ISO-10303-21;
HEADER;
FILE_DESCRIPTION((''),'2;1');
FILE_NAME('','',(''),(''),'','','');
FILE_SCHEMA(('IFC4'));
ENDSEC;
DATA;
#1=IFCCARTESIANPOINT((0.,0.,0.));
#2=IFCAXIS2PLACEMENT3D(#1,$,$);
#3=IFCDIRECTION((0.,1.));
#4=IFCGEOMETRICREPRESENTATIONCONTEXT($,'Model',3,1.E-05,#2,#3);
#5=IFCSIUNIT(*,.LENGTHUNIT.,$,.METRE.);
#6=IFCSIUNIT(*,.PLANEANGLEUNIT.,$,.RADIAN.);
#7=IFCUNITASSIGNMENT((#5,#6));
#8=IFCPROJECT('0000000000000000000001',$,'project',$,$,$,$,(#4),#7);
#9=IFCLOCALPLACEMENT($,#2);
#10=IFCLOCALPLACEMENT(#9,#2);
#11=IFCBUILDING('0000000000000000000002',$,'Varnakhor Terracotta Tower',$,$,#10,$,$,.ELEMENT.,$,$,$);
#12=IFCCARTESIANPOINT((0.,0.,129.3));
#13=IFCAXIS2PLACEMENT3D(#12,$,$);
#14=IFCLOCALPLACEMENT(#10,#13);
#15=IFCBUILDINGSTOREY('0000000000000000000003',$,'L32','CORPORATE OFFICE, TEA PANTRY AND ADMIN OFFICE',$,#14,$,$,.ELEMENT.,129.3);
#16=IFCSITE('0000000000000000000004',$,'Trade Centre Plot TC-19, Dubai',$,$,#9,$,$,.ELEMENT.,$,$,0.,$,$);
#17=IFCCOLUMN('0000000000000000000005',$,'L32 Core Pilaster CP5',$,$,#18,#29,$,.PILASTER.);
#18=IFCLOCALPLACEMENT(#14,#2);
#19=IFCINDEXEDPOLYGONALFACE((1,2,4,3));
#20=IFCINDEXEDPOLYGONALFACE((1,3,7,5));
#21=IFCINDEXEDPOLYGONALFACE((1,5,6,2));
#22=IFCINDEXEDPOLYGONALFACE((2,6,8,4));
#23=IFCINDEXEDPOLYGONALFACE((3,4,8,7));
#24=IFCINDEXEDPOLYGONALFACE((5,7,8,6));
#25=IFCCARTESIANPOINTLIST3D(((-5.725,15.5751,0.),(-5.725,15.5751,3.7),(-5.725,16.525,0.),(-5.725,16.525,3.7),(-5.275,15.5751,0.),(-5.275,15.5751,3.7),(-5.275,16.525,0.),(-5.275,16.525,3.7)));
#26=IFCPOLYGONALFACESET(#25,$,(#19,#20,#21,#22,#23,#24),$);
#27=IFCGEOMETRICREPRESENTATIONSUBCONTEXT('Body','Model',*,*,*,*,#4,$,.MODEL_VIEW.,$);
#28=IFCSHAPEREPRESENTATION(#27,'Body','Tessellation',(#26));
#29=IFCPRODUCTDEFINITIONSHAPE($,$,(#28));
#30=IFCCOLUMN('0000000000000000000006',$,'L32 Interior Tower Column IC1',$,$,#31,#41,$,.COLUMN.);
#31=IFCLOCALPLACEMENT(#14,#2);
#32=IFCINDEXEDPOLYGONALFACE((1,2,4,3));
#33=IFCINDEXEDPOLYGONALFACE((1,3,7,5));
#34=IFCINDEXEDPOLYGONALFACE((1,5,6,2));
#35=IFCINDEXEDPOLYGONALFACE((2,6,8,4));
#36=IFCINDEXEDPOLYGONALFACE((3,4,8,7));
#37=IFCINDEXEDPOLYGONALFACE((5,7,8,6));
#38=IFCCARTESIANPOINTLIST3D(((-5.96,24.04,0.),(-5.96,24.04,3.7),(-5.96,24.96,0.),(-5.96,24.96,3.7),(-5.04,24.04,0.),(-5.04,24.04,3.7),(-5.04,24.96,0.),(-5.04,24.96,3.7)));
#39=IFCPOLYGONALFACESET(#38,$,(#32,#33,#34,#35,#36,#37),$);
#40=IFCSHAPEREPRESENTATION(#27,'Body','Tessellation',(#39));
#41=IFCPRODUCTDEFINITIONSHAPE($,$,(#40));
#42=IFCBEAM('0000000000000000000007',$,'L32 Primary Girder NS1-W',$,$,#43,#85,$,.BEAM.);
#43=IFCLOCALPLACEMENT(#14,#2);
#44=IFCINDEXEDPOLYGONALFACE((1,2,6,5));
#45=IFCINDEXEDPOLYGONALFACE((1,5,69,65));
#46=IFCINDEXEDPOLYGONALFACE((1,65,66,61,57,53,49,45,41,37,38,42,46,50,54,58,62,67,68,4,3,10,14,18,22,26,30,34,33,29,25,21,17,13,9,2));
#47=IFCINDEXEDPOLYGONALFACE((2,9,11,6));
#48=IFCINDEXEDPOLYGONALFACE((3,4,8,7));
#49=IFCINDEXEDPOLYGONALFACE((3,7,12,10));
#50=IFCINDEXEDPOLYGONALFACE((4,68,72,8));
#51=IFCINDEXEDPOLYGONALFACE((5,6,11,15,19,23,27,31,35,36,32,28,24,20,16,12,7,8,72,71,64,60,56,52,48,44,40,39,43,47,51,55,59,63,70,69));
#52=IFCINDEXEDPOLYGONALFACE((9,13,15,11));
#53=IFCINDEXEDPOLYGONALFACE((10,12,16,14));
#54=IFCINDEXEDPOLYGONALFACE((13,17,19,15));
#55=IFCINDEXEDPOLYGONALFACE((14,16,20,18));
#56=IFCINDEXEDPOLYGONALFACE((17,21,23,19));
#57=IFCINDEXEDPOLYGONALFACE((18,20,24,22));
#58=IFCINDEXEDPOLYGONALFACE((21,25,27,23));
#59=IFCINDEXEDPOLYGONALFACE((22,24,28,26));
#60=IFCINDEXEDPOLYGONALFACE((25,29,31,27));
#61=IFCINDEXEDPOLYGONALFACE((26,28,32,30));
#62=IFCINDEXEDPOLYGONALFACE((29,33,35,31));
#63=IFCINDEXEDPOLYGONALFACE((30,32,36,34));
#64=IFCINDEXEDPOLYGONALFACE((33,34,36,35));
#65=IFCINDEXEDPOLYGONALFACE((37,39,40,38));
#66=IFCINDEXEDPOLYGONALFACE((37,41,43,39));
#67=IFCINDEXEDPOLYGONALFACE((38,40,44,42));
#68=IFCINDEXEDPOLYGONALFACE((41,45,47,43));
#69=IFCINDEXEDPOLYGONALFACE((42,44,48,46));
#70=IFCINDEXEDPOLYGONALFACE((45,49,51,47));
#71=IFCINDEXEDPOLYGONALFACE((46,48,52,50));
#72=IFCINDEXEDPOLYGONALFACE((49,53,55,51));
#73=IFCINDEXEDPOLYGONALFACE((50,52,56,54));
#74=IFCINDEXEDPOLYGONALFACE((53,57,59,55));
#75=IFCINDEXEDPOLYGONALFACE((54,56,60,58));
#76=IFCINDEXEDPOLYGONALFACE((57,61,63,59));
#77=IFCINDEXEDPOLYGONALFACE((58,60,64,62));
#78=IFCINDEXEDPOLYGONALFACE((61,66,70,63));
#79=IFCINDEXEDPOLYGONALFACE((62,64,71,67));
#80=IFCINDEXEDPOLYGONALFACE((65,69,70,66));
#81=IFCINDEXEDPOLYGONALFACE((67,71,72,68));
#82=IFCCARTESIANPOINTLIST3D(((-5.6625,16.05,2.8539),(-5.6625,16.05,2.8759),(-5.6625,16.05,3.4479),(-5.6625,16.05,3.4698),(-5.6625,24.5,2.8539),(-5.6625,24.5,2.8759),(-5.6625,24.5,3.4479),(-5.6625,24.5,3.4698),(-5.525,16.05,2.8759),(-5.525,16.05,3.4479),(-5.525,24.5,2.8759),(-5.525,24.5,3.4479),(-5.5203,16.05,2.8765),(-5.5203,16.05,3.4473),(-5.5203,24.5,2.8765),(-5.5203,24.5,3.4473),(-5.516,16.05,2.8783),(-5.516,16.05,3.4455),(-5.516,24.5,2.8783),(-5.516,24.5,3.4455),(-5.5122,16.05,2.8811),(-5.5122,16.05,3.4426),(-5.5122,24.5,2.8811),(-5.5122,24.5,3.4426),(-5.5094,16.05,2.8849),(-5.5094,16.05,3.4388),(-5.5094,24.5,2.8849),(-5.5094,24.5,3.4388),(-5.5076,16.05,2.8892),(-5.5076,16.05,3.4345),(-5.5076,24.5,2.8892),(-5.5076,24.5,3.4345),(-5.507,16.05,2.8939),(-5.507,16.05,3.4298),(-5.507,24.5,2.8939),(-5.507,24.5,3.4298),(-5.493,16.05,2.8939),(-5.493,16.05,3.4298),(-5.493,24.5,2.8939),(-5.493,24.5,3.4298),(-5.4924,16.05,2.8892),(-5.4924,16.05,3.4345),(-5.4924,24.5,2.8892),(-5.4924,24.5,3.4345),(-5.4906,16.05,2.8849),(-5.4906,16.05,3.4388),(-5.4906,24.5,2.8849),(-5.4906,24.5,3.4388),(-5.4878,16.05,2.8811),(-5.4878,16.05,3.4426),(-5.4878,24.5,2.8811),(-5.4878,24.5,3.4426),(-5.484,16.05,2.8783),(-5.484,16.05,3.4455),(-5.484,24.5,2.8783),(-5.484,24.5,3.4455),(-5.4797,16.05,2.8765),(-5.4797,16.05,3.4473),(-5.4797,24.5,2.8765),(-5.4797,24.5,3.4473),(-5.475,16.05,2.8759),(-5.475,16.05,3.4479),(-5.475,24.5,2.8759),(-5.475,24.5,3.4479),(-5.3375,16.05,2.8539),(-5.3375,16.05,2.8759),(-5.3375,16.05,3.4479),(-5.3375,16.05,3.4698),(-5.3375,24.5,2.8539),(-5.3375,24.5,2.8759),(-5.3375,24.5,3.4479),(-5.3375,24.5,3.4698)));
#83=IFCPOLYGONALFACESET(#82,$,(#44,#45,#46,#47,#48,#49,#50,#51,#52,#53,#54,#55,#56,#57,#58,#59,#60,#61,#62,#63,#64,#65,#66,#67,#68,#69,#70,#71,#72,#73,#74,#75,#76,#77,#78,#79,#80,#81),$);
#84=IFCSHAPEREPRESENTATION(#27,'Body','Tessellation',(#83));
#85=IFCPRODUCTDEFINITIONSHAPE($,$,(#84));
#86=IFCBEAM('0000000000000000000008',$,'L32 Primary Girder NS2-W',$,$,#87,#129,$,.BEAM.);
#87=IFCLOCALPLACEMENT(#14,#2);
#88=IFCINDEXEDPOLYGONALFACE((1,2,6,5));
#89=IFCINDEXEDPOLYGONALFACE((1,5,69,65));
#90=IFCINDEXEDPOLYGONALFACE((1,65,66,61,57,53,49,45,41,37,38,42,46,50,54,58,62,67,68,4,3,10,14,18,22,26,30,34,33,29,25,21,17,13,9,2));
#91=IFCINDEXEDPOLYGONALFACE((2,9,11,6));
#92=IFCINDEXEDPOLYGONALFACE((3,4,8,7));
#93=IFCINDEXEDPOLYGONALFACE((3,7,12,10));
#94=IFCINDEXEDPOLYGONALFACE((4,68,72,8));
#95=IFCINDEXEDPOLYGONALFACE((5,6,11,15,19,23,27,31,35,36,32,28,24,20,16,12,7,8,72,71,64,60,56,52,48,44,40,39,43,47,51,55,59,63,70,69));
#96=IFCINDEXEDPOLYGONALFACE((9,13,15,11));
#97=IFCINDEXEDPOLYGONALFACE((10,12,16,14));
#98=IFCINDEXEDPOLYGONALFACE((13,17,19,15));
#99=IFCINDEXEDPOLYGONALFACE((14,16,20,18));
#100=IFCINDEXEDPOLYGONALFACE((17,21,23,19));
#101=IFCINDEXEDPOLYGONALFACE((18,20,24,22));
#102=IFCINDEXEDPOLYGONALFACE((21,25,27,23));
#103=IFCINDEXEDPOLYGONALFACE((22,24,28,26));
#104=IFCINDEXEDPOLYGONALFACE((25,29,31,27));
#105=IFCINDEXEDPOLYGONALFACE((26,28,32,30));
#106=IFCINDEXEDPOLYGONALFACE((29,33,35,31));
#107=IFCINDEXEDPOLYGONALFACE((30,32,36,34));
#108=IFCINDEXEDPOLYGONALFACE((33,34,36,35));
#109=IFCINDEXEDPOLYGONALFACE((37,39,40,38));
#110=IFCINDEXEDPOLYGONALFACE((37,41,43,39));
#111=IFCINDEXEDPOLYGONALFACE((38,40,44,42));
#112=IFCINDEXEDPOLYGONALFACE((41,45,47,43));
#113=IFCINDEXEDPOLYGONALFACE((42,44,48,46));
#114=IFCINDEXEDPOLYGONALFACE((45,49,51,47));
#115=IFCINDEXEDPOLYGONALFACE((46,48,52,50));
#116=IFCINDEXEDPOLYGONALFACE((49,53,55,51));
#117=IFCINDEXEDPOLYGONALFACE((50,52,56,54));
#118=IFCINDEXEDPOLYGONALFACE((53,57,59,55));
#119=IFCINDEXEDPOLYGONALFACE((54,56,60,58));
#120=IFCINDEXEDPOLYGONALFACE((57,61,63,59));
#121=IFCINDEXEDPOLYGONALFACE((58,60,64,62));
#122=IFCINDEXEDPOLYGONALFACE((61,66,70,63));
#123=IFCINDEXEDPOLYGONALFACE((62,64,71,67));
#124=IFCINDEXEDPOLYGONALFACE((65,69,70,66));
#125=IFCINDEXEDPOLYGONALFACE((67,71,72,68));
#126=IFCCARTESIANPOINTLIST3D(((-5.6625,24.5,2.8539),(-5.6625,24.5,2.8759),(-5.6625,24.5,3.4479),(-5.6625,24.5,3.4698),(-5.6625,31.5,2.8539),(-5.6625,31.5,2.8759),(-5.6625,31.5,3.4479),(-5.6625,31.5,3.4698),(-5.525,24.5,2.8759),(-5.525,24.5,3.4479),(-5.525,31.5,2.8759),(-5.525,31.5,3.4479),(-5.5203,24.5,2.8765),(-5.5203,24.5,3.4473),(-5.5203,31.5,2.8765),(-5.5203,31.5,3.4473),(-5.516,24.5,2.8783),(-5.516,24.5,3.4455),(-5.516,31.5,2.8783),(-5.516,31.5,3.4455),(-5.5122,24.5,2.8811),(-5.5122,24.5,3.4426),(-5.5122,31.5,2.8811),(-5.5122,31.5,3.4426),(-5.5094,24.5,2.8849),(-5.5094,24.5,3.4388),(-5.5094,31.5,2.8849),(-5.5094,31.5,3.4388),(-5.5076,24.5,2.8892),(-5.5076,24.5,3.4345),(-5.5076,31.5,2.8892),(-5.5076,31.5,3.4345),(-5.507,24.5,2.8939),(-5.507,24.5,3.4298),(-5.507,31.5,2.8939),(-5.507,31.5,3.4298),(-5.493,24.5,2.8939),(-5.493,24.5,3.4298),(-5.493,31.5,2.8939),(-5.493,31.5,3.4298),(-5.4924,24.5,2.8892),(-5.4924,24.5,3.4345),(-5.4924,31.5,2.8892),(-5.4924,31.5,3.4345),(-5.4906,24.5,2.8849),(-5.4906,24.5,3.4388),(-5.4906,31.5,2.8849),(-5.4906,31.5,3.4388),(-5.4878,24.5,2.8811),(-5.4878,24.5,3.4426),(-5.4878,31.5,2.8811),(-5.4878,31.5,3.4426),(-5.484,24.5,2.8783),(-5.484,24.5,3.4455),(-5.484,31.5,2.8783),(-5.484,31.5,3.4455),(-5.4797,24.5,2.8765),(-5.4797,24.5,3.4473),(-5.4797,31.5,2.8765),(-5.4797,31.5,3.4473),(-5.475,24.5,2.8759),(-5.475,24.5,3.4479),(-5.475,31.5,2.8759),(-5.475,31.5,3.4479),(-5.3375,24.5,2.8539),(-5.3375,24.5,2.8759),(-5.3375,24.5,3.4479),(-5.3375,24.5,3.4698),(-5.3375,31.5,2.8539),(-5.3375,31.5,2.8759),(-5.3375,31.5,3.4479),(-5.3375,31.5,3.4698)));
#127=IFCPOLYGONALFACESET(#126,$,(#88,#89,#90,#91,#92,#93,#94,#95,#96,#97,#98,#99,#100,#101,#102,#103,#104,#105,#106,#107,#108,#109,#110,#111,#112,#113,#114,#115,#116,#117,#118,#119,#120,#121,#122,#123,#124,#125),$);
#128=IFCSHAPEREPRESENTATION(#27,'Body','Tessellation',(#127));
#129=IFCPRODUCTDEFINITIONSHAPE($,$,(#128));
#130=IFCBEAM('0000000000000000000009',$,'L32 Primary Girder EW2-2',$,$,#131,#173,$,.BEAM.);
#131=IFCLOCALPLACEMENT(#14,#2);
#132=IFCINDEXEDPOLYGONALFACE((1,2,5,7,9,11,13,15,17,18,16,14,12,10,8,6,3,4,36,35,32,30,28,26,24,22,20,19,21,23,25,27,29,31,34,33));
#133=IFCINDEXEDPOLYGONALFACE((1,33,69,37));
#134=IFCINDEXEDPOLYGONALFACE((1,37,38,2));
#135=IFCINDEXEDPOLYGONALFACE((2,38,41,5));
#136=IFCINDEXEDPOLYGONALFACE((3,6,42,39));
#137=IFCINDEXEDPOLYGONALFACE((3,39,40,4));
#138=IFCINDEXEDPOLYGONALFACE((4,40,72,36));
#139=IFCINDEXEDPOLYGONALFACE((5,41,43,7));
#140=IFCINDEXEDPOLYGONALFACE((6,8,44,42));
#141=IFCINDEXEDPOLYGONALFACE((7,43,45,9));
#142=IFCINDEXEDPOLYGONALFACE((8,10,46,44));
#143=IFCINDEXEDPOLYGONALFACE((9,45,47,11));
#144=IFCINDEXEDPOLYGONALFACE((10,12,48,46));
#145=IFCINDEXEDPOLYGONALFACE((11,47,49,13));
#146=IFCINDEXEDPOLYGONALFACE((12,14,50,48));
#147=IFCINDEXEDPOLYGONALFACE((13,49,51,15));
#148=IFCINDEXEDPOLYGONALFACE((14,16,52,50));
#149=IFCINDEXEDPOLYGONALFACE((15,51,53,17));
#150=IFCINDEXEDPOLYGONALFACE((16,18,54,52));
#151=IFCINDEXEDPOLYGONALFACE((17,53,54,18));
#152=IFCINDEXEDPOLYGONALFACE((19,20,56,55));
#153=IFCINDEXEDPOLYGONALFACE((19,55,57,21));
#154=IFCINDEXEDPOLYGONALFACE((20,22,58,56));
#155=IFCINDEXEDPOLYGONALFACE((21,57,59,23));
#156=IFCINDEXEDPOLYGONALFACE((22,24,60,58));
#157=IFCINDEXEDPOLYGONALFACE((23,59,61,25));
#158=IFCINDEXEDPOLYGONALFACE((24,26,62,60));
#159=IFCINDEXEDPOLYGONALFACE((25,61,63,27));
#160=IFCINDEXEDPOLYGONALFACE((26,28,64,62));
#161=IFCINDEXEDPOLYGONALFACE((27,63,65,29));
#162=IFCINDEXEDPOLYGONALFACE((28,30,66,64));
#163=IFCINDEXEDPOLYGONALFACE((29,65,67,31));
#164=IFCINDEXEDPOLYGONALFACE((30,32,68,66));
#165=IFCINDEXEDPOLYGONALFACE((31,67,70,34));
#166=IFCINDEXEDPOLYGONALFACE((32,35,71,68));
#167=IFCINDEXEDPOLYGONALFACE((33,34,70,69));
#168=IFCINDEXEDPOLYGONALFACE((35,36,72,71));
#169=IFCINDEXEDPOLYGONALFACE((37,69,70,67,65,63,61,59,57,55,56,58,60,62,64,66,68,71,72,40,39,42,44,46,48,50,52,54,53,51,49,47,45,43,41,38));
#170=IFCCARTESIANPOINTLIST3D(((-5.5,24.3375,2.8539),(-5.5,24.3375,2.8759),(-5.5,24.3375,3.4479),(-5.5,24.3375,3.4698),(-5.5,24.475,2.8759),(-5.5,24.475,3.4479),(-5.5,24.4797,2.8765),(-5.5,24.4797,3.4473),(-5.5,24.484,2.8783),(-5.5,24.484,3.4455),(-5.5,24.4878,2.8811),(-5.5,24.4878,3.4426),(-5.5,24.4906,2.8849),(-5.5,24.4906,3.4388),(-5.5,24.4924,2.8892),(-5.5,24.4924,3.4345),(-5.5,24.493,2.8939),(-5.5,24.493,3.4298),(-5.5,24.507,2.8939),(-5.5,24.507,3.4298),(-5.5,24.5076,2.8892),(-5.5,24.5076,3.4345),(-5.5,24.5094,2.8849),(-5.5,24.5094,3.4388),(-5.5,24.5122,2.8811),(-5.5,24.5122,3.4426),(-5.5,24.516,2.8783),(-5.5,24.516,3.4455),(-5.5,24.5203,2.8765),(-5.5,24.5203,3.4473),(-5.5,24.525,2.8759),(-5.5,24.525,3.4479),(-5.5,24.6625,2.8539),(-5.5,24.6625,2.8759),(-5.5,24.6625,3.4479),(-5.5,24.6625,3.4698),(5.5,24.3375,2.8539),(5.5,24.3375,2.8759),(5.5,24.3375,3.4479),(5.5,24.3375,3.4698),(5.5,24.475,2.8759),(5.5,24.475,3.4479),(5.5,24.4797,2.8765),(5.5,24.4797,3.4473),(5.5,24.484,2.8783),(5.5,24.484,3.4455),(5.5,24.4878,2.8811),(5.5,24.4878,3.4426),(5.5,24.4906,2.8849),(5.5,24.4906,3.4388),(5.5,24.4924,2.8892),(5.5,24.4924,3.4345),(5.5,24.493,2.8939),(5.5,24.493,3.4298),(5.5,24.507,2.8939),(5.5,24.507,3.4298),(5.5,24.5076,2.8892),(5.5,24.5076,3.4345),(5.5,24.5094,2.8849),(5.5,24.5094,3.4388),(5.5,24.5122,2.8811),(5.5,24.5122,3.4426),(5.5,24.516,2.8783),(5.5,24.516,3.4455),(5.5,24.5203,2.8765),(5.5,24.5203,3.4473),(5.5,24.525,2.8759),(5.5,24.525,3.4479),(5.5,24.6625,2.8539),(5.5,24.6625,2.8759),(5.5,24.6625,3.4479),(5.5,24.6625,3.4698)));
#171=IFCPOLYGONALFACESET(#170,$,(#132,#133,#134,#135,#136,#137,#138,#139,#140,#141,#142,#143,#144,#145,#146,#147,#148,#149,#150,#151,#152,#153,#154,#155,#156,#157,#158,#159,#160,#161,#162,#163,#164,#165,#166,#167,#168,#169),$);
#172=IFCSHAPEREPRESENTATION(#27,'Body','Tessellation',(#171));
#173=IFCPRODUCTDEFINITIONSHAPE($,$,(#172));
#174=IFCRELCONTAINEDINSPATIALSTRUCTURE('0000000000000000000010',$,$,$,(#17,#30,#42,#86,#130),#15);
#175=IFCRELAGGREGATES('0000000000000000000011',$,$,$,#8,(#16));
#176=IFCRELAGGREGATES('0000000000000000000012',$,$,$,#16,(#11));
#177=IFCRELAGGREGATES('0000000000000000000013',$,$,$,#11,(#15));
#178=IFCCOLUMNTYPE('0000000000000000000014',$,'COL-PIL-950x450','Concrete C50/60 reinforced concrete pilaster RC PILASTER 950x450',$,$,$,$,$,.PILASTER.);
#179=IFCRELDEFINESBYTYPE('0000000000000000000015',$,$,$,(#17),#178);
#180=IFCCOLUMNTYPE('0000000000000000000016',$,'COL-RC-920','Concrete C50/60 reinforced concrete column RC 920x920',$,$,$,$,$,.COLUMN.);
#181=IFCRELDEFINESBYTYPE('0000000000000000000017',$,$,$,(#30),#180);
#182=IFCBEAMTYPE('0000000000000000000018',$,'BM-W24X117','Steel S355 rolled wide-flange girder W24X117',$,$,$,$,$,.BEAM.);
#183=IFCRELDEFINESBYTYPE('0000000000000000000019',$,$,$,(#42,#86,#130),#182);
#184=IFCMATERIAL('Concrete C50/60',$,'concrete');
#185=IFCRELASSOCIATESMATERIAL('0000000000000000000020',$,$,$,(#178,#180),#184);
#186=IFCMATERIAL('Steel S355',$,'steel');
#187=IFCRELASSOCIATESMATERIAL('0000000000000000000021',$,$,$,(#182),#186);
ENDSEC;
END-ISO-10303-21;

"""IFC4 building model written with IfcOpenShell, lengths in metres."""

from ifc_helpers import new_model, si_unit, direction, frame, origin, origin_2d, place, context, subcontext, project, spatial, rectangle, i_section, extrude, source, transform, mapped, material, material_profile, profile_set, type_object, type_shapes, element, save


model = new_model("IFC4")

# Units and contexts
model_context = context("Model", 3, precision=1e-05, world=origin(), true_north=direction((0.0, 1.0)))
body_context = subcontext(model_context, "Body", "Model", "MODEL_VIEW")
ifc_project = project(units=[si_unit("LENGTHUNIT", "METRE"), si_unit("PLANEANGLEUNIT", "RADIAN")], contexts=[model_context])

# Site, building, storey
site_placement = place(None, origin())
site = spatial("IfcSite", under=ifc_project, at=site_placement, Name="Trade Centre Plot TC-19, Dubai", CompositionType="ELEMENT", RefElevation=0.0)
building_placement = place(site_placement, origin())
building = spatial("IfcBuilding", under=site, at=building_placement, Name="Varnakhor Terracotta Tower", CompositionType="ELEMENT")
storey_placement = place(building_placement, frame((0.0, 0.0, 129.3)))
storey = spatial("IfcBuildingStorey", under=building, at=storey_placement, Name="L32", Description="CORPORATE OFFICE, TEA PANTRY AND ADMIN OFFICE", CompositionType="ELEMENT", Elevation=129.3)

# Columns
ifc_material_1 = material(Name="Concrete C50/60", Category="concrete")
ifc_material_profile_1 = material_profile(ifc_material_1, rectangle(XDim=0.45, YDim=0.95, at=origin_2d()), Name="RC PILASTER 950x450")
ifc_profile_set_1 = profile_set([ifc_material_profile_1], Name="Concrete C50/60")
column_type_1 = type_object("IfcColumnType", Name="COL-PIL-950x450", Description="Concrete C50/60 reinforced concrete pilaster RC PILASTER 950x450", PredefinedType="PILASTER", material=ifc_profile_set_1)
shared_shape_1 = source(origin(), body_context, "Body", "SweptSolid", [
    extrude(rectangle(XDim=0.45, YDim=0.95, at=origin_2d()), origin(), (0.0, 0.0, 1.0), 3.7),
])
column_1_placement = place(storey_placement, frame((-5.5, 16.05, 0.0), z_axis=(0.0, 0.0, 1.0), x_axis=(1.0, 0.0, 0.0)))
element("IfcColumn", 1, at=column_1_placement, inside=storey, type_object=column_type_1, Name="L32 Core Pilaster CP5", PredefinedType="PILASTER", context=body_context, shape_type="MappedRepresentation", body=[
    mapped(shared_shape_1, transform((0.0, 0.0, 0.0), scale=1.0)),
])
ifc_material_profile_2 = material_profile(ifc_material_1, rectangle(XDim=0.9199, YDim=0.9199, at=origin_2d()), Name="RC 920x920")
ifc_profile_set_2 = profile_set([ifc_material_profile_2], Name="Concrete C50/60")
column_type_2 = type_object("IfcColumnType", Name="COL-RC-920", Description="Concrete C50/60 reinforced concrete column RC 920x920", PredefinedType="COLUMN", material=ifc_profile_set_2)
shared_shape_2 = source(origin(), body_context, "Body", "SweptSolid", [
    extrude(rectangle(XDim=0.9199, YDim=0.9199, at=origin_2d()), origin(), (0.0, 0.0, 1.0), 3.7),
])
column_2_placement = place(storey_placement, frame((-5.5, 24.5, 0.0), z_axis=(0.0, 0.0, 1.0), x_axis=(1.0, 0.0, 0.0)))
element("IfcColumn", 2, at=column_2_placement, inside=storey, type_object=column_type_2, Name="L32 Interior Tower Column IC1", PredefinedType="COLUMN", context=body_context, shape_type="MappedRepresentation", body=[
    mapped(shared_shape_2, transform((0.0, 0.0, 0.0), scale=1.0)),
])

# Beams
ifc_material_2 = material(Name="Steel S355", Category="steel")
ifc_material_profile_3 = material_profile(ifc_material_2, i_section(OverallWidth=0.325, OverallDepth=0.616, WebThickness=0.0139, FlangeThickness=0.022, FilletRadius=0.0181, at=origin_2d()), Name="W24X117")
ifc_profile_set_3 = profile_set([ifc_material_profile_3], Name="Steel S355")
beam_type_1 = type_object("IfcBeamType", Name="BM-W24X117", Description="Steel S355 rolled wide-flange girder W24X117", PredefinedType="BEAM", material=ifc_profile_set_3)
shared_shape_3 = source(origin(), body_context, "Body", "SweptSolid", [
    extrude(i_section(OverallWidth=0.325, OverallDepth=0.616, WebThickness=0.0139, FlangeThickness=0.022, FilletRadius=0.0181, at=origin_2d()), origin(), (0.0, 0.0, 1.0), 8.45),
])
type_shapes(beam_type_1, [shared_shape_3])
beam_1_placement = place(storey_placement, frame((-5.5, 16.05, 3.1619), z_axis=(0.0, 1.0, 0.0), x_axis=(-1.0, 0.0, 0.0)))
element("IfcBeam", 3, at=beam_1_placement, inside=storey, type_object=beam_type_1, Name="L32 Primary Girder NS1-W", PredefinedType="BEAM", context=body_context, shape_type="MappedRepresentation", body=[
    mapped(shared_shape_3, transform((0.0, 0.0, 0.0), scale=1.0)),
])
shared_shape_4 = source(origin(), body_context, "Body", "SweptSolid", [
    extrude(i_section(OverallWidth=0.325, OverallDepth=0.616, WebThickness=0.0139, FlangeThickness=0.022, FilletRadius=0.0181, at=origin_2d()), origin(), (0.0, 0.0, 1.0), 7.0),
])
beam_2_placement = place(storey_placement, frame((-5.5, 24.5, 3.1619), z_axis=(0.0, 1.0, 0.0), x_axis=(-1.0, 0.0, 0.0)))
element("IfcBeam", 4, at=beam_2_placement, inside=storey, type_object=beam_type_1, Name="L32 Primary Girder NS2-W", PredefinedType="BEAM", context=body_context, shape_type="MappedRepresentation", body=[
    mapped(shared_shape_4, transform((0.0, 0.0, 0.0), scale=1.0)),
])
shared_shape_5 = source(origin(), body_context, "Body", "SweptSolid", [
    extrude(i_section(OverallWidth=0.325, OverallDepth=0.616, WebThickness=0.0139, FlangeThickness=0.022, FilletRadius=0.0181, at=origin_2d()), origin(), (0.0, 0.0, 1.0), 11.0),
])
beam_3_placement = place(storey_placement, frame((-5.5, 24.5, 3.1619), z_axis=(1.0, 0.0, 0.0), x_axis=(0.0, 1.0, 0.0)))
element("IfcBeam", 5, at=beam_3_placement, inside=storey, type_object=beam_type_1, Name="L32 Primary Girder EW2-2", PredefinedType="BEAM", context=body_context, shape_type="MappedRepresentation", body=[
    mapped(shared_shape_5, transform((0.0, 0.0, 0.0), scale=1.0)),
])

save(model, "model.ifc")
